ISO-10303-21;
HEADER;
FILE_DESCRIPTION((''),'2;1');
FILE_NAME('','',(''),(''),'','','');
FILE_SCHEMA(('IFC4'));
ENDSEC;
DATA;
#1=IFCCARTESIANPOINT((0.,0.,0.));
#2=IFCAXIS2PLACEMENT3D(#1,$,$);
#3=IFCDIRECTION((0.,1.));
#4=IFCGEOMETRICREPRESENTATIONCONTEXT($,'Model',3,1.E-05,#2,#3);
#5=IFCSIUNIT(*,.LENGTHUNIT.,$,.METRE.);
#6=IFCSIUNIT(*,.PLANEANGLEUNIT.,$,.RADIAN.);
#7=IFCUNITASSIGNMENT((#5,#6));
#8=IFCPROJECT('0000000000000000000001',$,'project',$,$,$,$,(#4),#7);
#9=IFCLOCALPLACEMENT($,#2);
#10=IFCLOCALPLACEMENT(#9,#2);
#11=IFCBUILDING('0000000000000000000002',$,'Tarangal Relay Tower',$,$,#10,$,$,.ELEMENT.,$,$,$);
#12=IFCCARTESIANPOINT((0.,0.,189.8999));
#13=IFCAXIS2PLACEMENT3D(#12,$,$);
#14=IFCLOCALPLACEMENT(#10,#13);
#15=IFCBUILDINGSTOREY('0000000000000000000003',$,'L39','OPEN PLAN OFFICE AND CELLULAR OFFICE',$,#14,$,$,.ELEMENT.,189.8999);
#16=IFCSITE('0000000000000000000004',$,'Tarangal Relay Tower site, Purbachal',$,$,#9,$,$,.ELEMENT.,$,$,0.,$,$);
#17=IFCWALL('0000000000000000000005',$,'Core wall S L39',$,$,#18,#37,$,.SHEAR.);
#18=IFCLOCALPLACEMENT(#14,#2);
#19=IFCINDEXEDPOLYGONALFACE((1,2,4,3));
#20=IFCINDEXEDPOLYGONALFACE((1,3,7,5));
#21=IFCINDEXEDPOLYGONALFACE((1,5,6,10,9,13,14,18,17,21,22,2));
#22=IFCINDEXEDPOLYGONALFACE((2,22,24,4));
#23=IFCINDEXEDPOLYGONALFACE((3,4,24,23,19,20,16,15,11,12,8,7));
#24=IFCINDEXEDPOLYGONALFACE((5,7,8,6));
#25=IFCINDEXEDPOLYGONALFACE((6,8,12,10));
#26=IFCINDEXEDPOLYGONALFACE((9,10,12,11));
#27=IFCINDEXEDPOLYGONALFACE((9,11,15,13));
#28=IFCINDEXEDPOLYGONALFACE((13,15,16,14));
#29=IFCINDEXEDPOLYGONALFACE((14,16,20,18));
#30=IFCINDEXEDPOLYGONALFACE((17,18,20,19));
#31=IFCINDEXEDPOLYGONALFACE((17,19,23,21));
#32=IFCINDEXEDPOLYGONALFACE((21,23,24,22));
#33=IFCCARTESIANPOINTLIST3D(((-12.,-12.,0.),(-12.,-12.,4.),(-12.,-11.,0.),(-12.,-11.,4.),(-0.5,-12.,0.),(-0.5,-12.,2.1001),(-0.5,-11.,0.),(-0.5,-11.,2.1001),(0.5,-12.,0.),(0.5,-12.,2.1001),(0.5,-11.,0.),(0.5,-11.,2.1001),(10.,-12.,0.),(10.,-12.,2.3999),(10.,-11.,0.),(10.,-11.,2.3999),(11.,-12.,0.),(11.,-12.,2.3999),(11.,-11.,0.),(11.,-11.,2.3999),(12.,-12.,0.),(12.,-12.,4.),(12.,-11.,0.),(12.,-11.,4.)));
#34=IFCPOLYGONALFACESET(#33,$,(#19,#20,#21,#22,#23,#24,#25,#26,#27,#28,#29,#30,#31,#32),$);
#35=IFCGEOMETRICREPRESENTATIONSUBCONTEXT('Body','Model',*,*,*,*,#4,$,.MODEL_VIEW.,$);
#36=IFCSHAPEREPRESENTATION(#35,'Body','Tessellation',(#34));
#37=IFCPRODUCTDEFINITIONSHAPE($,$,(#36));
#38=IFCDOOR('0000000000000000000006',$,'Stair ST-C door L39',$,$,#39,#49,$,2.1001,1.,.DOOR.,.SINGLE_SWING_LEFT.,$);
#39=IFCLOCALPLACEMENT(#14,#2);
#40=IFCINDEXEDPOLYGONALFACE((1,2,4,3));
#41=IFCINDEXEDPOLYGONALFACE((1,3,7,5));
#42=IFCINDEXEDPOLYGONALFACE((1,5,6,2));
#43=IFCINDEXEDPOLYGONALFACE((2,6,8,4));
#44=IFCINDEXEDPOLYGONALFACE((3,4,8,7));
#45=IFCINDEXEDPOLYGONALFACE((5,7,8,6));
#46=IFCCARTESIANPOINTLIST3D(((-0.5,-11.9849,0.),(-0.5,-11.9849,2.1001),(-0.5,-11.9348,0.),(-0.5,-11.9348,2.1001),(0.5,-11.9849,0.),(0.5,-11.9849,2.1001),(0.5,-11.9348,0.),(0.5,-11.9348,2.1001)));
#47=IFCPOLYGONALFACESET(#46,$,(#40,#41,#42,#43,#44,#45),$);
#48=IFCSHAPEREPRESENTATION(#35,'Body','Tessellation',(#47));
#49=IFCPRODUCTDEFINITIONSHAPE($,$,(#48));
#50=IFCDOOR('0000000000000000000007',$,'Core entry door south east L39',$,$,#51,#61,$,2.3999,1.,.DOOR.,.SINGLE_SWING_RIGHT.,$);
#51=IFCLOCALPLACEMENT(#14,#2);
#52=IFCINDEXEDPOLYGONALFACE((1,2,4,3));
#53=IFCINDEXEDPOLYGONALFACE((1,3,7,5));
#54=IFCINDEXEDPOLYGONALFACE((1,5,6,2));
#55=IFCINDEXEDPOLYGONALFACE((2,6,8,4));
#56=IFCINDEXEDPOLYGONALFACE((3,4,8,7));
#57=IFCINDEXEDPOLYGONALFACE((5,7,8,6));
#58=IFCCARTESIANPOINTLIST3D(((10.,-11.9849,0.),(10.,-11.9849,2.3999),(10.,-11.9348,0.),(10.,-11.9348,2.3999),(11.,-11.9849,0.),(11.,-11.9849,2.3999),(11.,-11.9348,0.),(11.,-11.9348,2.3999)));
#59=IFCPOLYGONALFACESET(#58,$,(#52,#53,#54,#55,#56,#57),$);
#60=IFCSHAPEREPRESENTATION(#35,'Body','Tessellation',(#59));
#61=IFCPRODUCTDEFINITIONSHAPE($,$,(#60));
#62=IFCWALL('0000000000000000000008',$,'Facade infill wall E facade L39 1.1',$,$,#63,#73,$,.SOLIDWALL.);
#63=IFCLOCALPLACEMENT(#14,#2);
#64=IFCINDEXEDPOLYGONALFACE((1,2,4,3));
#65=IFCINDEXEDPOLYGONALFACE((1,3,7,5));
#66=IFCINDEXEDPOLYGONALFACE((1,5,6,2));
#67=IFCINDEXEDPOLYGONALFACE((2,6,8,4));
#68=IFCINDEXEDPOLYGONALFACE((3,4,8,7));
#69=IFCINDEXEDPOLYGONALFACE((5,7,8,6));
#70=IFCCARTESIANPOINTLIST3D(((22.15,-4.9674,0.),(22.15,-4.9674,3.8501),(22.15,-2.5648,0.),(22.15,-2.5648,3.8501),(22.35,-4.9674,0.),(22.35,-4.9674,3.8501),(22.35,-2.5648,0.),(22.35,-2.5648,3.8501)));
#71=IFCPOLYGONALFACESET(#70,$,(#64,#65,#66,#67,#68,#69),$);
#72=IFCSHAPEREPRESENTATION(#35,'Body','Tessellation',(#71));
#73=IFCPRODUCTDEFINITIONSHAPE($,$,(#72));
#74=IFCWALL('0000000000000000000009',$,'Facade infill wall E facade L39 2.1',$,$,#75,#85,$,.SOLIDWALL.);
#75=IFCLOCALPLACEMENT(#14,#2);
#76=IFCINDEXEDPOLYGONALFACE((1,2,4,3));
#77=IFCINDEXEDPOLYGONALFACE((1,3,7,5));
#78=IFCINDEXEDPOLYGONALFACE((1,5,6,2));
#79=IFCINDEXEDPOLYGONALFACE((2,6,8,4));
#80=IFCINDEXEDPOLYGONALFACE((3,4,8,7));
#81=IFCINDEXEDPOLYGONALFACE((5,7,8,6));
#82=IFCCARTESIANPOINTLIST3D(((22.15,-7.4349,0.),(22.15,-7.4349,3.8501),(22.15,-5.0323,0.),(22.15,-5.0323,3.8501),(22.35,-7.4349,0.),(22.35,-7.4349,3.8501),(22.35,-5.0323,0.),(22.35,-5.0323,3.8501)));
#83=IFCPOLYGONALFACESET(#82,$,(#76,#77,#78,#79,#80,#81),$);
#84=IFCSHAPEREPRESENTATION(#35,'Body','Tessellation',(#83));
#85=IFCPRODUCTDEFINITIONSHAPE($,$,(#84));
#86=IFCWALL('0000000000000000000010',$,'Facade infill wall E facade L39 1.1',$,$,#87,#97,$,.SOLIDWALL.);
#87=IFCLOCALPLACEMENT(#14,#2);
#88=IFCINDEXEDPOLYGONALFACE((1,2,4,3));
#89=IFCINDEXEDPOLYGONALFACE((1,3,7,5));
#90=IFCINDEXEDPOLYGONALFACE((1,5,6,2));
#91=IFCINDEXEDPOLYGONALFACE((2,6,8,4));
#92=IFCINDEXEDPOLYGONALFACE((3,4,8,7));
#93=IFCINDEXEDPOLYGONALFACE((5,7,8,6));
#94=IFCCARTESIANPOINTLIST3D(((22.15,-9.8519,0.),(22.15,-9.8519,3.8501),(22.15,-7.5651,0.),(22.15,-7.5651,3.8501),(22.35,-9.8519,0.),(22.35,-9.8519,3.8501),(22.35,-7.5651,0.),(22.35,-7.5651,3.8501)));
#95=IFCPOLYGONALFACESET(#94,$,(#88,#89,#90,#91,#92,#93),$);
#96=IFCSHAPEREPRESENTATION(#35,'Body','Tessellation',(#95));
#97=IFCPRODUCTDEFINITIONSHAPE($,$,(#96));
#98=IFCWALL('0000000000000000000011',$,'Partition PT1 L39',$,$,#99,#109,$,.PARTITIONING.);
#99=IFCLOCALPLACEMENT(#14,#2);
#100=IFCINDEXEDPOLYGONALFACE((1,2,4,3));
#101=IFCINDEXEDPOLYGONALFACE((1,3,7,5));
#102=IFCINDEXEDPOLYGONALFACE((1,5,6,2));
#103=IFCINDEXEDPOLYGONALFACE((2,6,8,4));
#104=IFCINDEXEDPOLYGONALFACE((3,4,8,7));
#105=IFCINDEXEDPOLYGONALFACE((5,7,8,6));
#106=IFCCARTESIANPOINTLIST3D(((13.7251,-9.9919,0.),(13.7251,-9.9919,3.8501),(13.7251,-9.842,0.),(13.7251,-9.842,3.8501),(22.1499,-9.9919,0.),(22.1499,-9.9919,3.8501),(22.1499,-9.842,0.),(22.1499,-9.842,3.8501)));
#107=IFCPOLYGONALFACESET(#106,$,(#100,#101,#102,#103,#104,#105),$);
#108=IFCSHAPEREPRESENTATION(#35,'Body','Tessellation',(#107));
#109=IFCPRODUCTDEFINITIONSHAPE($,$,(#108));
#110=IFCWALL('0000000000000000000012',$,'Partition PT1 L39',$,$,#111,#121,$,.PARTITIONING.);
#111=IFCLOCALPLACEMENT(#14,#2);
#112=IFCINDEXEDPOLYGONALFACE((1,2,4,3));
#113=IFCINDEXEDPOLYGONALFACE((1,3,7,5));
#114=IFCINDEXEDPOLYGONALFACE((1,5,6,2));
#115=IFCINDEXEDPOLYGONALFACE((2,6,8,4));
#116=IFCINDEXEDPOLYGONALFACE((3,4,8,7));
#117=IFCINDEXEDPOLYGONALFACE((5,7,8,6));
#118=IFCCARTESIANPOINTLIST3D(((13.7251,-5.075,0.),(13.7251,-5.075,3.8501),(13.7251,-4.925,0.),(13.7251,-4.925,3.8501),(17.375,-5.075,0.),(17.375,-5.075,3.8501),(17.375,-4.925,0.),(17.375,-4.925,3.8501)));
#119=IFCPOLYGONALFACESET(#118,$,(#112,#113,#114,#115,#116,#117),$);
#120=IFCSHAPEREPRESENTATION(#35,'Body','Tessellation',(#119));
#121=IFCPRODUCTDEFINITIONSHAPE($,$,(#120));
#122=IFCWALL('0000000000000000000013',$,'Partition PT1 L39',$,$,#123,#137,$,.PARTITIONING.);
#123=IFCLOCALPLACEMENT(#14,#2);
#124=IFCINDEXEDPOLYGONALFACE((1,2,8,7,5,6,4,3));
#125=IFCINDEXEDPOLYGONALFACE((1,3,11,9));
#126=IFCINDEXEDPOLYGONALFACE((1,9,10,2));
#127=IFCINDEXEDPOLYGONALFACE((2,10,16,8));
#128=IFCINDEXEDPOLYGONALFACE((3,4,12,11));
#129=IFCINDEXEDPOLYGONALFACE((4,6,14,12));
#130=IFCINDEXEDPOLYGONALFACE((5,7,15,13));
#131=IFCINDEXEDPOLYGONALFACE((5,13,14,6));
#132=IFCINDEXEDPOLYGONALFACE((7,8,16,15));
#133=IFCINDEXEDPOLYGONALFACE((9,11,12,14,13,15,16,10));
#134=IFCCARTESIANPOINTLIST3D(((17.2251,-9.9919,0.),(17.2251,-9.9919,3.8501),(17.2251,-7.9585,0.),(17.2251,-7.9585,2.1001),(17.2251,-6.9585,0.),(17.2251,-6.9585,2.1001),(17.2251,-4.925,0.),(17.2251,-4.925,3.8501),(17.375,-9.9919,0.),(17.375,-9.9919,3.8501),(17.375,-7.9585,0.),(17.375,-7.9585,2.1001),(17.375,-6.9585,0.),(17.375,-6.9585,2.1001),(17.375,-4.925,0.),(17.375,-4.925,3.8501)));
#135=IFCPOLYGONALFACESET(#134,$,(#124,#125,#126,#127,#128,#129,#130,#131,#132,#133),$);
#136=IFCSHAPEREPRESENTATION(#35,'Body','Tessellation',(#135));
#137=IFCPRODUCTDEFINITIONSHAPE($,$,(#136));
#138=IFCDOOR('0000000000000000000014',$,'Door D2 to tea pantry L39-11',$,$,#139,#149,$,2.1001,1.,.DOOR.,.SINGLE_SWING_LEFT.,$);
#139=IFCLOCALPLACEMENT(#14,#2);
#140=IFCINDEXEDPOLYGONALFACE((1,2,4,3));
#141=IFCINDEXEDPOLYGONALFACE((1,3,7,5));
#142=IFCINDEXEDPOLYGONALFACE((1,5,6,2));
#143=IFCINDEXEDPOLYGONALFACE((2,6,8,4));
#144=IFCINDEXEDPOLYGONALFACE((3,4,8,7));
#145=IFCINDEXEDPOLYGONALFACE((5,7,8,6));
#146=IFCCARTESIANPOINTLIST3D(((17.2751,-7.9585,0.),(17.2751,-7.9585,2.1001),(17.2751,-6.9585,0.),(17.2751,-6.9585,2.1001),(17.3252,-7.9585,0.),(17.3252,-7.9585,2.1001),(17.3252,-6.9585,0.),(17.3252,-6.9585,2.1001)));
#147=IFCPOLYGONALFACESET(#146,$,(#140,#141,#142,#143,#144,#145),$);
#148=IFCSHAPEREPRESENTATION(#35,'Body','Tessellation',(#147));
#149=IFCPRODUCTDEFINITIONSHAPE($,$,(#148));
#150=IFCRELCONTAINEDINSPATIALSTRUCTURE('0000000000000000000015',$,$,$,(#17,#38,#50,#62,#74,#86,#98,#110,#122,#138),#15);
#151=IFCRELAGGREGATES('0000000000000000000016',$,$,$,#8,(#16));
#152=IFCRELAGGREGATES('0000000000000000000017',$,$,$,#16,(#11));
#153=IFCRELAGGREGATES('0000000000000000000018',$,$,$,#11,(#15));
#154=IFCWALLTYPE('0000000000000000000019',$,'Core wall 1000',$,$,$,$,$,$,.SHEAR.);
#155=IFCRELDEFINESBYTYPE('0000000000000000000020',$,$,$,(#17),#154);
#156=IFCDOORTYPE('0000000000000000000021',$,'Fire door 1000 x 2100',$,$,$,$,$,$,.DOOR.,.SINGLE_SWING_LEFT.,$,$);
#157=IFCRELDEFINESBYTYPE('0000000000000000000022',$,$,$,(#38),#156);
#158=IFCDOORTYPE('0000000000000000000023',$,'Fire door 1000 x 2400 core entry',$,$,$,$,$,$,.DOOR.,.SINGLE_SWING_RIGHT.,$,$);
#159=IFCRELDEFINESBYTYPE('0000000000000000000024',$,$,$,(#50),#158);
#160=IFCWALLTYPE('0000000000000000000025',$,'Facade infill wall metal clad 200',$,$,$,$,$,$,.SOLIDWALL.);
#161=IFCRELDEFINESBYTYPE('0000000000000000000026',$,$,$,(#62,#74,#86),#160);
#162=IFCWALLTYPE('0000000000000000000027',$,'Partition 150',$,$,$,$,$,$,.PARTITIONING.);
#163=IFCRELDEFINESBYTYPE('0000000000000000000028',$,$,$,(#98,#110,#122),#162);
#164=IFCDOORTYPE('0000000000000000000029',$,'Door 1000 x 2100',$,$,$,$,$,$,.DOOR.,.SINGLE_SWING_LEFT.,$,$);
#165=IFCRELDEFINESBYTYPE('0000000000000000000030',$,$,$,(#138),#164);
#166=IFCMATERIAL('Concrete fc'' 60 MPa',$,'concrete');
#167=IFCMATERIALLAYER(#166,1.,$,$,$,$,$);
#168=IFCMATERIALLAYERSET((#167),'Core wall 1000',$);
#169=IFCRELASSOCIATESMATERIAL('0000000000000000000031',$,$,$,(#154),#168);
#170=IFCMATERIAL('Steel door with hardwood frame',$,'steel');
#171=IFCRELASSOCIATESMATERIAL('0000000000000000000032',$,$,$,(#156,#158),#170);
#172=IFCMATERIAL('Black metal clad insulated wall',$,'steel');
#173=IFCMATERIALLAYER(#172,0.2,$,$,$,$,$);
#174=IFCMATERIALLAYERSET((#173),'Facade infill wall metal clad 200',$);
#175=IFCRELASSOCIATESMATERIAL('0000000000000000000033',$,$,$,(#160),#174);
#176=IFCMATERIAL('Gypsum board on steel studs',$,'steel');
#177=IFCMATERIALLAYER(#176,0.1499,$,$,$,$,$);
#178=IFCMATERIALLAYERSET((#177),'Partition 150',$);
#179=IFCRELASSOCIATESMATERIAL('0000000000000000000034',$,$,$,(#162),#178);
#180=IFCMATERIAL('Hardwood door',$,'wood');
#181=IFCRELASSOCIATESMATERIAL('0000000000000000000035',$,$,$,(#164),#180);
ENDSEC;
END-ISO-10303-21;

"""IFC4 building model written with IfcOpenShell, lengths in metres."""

from ifc_helpers import new_model, si_unit, direction, frame, frame_2d, origin, place, context, subcontext, project, spatial, rectangle, extrude, material, layer, layer_set, type_object, element, fill, save


model = new_model("IFC4")

# Units and contexts
model_context = context("Model", 3, precision=1e-05, world=origin(), true_north=direction((0.0, 1.0)))
body_context = subcontext(model_context, "Body", "Model", "MODEL_VIEW")
ifc_project = project(units=[si_unit("LENGTHUNIT", "METRE"), si_unit("PLANEANGLEUNIT", "RADIAN")], contexts=[model_context])

# Site, building, storey
site_placement = place(None, origin())
site = spatial("IfcSite", under=ifc_project, at=site_placement, Name="Tarangal Relay Tower site, Purbachal", CompositionType="ELEMENT", RefElevation=0.0)
building_placement = place(site_placement, origin())
building = spatial("IfcBuilding", under=site, at=building_placement, Name="Tarangal Relay Tower", CompositionType="ELEMENT")
storey_placement = place(building_placement, frame((0.0, 0.0, 189.8999)))
storey = spatial("IfcBuildingStorey", under=building, at=storey_placement, Name="L39", Description="OPEN PLAN OFFICE AND CELLULAR OFFICE", CompositionType="ELEMENT", Elevation=189.8999)

# Wall, openings, doors
ifc_material_1 = material(Name="Concrete fc' 60 MPa", Category="concrete")
ifc_layer_1 = layer(ifc_material_1, 1.0)
ifc_layer_set_1 = layer_set([ifc_layer_1], Name="Core wall 1000")
wall_type_1 = type_object("IfcWallType", Name="Core wall 1000", PredefinedType="SHEAR", material=ifc_layer_set_1)
wall_1_placement = place(storey_placement, frame((12.0, -11.5, 0.0), z_axis=(0.0, 0.0, 1.0), x_axis=(-1.0, 0.0, 0.0)))
wall_1 = element("IfcWall", 1, at=wall_1_placement, inside=storey, type_object=wall_type_1, Name="Core wall S L39", PredefinedType="SHEAR", context=body_context, shape_type="SweptSolid", body=[
    extrude(rectangle(XDim=24.0, YDim=1.0, at=frame_2d((12.0, 0.0))), origin(), (0.0, 0.0, 1.0), 4.0),
])
opening_1_placement = place(wall_1_placement, frame((11.5, 0.0, 0.0)))
opening_1 = element("IfcOpeningElement", 2, at=opening_1_placement, cuts=wall_1, PredefinedType="OPENING", context=body_context, shape_type="SweptSolid", body=[
    extrude(rectangle(XDim=1.0, YDim=2.1001, at=frame_2d((0.5, 1.05))), frame((0.0, 0.51, 0.0), z_axis=(0.0, -1.0, 0.0), x_axis=(1.0, 0.0, 0.0)), (0.0, 0.0, 1.0), 1.02),
])
opening_2_placement = place(wall_1_placement, frame((1.0, 0.0, 0.0)))
opening_2 = element("IfcOpeningElement", 3, at=opening_2_placement, cuts=wall_1, PredefinedType="OPENING", context=body_context, shape_type="SweptSolid", body=[
    extrude(rectangle(XDim=1.0, YDim=2.3999, at=frame_2d((0.5, 1.2))), frame((0.0, 0.51, 0.0), z_axis=(0.0, -1.0, 0.0), x_axis=(1.0, 0.0, 0.0)), (0.0, 0.0, 1.0), 1.02),
])
ifc_material_2 = material(Name="Steel door with hardwood frame", Category="steel")
door_type_1 = type_object("IfcDoorType", Name="Fire door 1000 x 2100", OperationType="SINGLE_SWING_LEFT", PredefinedType="DOOR", material=ifc_material_2)
door_1_placement = place(opening_1_placement, origin())
door_1 = element("IfcDoor", 4, at=door_1_placement, inside=storey, type_object=door_type_1, Name="Stair ST-C door L39", OperationType="SINGLE_SWING_LEFT", OverallHeight=2.1001, OverallWidth=1.0, PredefinedType="DOOR", context=body_context, shape_type="SweptSolid", body=[
    extrude(rectangle(XDim=1.0, YDim=2.1001, at=frame_2d((0.5, 1.05))), frame((0.0, 0.4849, 0.0), z_axis=(0.0, -1.0, 0.0), x_axis=(1.0, 0.0, 0.0)), (0.0, 0.0, 1.0), 0.05),
])
fill(opening_1, door_1)
door_type_2 = type_object("IfcDoorType", Name="Fire door 1000 x 2400 core entry", OperationType="SINGLE_SWING_RIGHT", PredefinedType="DOOR", material=ifc_material_2)
door_2_placement = place(opening_2_placement, origin())
door_2 = element("IfcDoor", 5, at=door_2_placement, inside=storey, type_object=door_type_2, Name="Core entry door south east L39", OperationType="SINGLE_SWING_RIGHT", OverallHeight=2.3999, OverallWidth=1.0, PredefinedType="DOOR", context=body_context, shape_type="SweptSolid", body=[
    extrude(rectangle(XDim=1.0, YDim=2.3999, at=frame_2d((0.5, 1.2))), frame((0.0, 0.4849, 0.0), z_axis=(0.0, -1.0, 0.0), x_axis=(1.0, 0.0, 0.0)), (0.0, 0.0, 1.0), 0.05),
])
fill(opening_2, door_2)

# Walls
ifc_material_3 = material(Name="Black metal clad insulated wall", Category="steel")
ifc_layer_2 = layer(ifc_material_3, 0.2)
ifc_layer_set_2 = layer_set([ifc_layer_2], Name="Facade infill wall metal clad 200")
wall_type_2 = type_object("IfcWallType", Name="Facade infill wall metal clad 200", PredefinedType="SOLIDWALL", material=ifc_layer_set_2)
for number, where, z_axis, x_axis, name in (
    (6, (22.25, -2.5649, 0.0), (0.0, 0.0, 1.0), (0.0, -1.0, 0.0), "Facade infill wall E facade L39 1.1"),
    (7, (22.25, -5.0325, 0.0), (0.0, 0.0, 1.0), (0.0, -1.0, 0.0), "Facade infill wall E facade L39 2.1"),
):
    element("IfcWall", number, at=place(storey_placement, frame(where, z_axis=z_axis, x_axis=x_axis)), inside=storey, type_object=wall_type_2, Name=name, PredefinedType="SOLIDWALL", context=body_context, shape_type="SweptSolid", body=[
        extrude(rectangle(XDim=2.4026, YDim=0.2, at=frame_2d((1.2012, 0.0))), origin(), (0.0, 0.0, 1.0), 3.8501),
    ])
wall_2_placement = place(storey_placement, frame((22.25, -7.5649, 0.0), z_axis=(0.0, 0.0, 1.0), x_axis=(0.0, -1.0, 0.0)))
element("IfcWall", 8, at=wall_2_placement, inside=storey, type_object=wall_type_2, Name="Facade infill wall E facade L39 1.1", PredefinedType="SOLIDWALL", context=body_context, shape_type="SweptSolid", body=[
    extrude(rectangle(XDim=2.2869, YDim=0.2, at=frame_2d((1.1436, 0.0))), origin(), (0.0, 0.0, 1.0), 3.8501),
])
ifc_material_4 = material(Name="Gypsum board on steel studs", Category="steel")
ifc_layer_3 = layer(ifc_material_4, 0.1499)
ifc_layer_set_3 = layer_set([ifc_layer_3], Name="Partition 150")
wall_type_3 = type_object("IfcWallType", Name="Partition 150", PredefinedType="PARTITIONING", material=ifc_layer_set_3)
wall_3_placement = place(storey_placement, frame((13.7251, -9.917, 0.0), z_axis=(0.0, 0.0, 1.0), x_axis=(1.0, 0.0, 0.0)))
element("IfcWall", 9, at=wall_3_placement, inside=storey, type_object=wall_type_3, Name="Partition PT1 L39", PredefinedType="PARTITIONING", context=body_context, shape_type="SweptSolid", body=[
    extrude(rectangle(XDim=8.4248, YDim=0.1499, at=frame_2d((4.2124, 0.0))), origin(), (0.0, 0.0, 1.0), 3.8501),
])
wall_4_placement = place(storey_placement, frame((13.7251, -5.0, 0.0), z_axis=(0.0, 0.0, 1.0), x_axis=(1.0, 0.0, 0.0)))
element("IfcWall", 10, at=wall_4_placement, inside=storey, type_object=wall_type_3, Name="Partition PT1 L39", PredefinedType="PARTITIONING", context=body_context, shape_type="SweptSolid", body=[
    extrude(rectangle(XDim=3.6499, YDim=0.1499, at=frame_2d((1.825, 0.0))), origin(), (0.0, 0.0, 1.0), 3.8501),
])

# Wall, opening, door
wall_5_placement = place(storey_placement, frame((17.3, -9.9919, 0.0), z_axis=(0.0, 0.0, 1.0), x_axis=(0.0, 1.0, 0.0)))
wall_5 = element("IfcWall", 11, at=wall_5_placement, inside=storey, type_object=wall_type_3, Name="Partition PT1 L39", PredefinedType="PARTITIONING", context=body_context, shape_type="SweptSolid", body=[
    extrude(rectangle(XDim=5.0669, YDim=0.1499, at=frame_2d((2.5334, 0.0))), origin(), (0.0, 0.0, 1.0), 3.8501),
])
opening_3_placement = place(wall_5_placement, frame((2.0334, 0.0, 0.0)))
opening_3 = element("IfcOpeningElement", 12, at=opening_3_placement, cuts=wall_5, PredefinedType="OPENING", context=body_context, shape_type="SweptSolid", body=[
    extrude(rectangle(XDim=1.0, YDim=2.1001, at=frame_2d((0.5, 1.05))), frame((0.0, 0.085, 0.0), z_axis=(0.0, -1.0, 0.0), x_axis=(1.0, 0.0, 0.0)), (0.0, 0.0, 1.0), 0.1699),
])
ifc_material_5 = material(Name="Hardwood door", Category="wood")
door_type_3 = type_object("IfcDoorType", Name="Door 1000 x 2100", OperationType="SINGLE_SWING_LEFT", PredefinedType="DOOR", material=ifc_material_5)
door_3_placement = place(opening_3_placement, origin())
door_3 = element("IfcDoor", 13, at=door_3_placement, inside=storey, type_object=door_type_3, Name="Door D2 to tea pantry L39-11", OperationType="SINGLE_SWING_LEFT", OverallHeight=2.1001, OverallWidth=1.0, PredefinedType="DOOR", context=body_context, shape_type="SweptSolid", body=[
    extrude(rectangle(XDim=1.0, YDim=2.1001, at=frame_2d((0.5, 1.05))), frame((0.0, 0.0249, 0.0), z_axis=(0.0, -1.0, 0.0), x_axis=(1.0, 0.0, 0.0)), (0.0, 0.0, 1.0), 0.05),
])
fill(opening_3, door_3)

save(model, "model.ifc")
